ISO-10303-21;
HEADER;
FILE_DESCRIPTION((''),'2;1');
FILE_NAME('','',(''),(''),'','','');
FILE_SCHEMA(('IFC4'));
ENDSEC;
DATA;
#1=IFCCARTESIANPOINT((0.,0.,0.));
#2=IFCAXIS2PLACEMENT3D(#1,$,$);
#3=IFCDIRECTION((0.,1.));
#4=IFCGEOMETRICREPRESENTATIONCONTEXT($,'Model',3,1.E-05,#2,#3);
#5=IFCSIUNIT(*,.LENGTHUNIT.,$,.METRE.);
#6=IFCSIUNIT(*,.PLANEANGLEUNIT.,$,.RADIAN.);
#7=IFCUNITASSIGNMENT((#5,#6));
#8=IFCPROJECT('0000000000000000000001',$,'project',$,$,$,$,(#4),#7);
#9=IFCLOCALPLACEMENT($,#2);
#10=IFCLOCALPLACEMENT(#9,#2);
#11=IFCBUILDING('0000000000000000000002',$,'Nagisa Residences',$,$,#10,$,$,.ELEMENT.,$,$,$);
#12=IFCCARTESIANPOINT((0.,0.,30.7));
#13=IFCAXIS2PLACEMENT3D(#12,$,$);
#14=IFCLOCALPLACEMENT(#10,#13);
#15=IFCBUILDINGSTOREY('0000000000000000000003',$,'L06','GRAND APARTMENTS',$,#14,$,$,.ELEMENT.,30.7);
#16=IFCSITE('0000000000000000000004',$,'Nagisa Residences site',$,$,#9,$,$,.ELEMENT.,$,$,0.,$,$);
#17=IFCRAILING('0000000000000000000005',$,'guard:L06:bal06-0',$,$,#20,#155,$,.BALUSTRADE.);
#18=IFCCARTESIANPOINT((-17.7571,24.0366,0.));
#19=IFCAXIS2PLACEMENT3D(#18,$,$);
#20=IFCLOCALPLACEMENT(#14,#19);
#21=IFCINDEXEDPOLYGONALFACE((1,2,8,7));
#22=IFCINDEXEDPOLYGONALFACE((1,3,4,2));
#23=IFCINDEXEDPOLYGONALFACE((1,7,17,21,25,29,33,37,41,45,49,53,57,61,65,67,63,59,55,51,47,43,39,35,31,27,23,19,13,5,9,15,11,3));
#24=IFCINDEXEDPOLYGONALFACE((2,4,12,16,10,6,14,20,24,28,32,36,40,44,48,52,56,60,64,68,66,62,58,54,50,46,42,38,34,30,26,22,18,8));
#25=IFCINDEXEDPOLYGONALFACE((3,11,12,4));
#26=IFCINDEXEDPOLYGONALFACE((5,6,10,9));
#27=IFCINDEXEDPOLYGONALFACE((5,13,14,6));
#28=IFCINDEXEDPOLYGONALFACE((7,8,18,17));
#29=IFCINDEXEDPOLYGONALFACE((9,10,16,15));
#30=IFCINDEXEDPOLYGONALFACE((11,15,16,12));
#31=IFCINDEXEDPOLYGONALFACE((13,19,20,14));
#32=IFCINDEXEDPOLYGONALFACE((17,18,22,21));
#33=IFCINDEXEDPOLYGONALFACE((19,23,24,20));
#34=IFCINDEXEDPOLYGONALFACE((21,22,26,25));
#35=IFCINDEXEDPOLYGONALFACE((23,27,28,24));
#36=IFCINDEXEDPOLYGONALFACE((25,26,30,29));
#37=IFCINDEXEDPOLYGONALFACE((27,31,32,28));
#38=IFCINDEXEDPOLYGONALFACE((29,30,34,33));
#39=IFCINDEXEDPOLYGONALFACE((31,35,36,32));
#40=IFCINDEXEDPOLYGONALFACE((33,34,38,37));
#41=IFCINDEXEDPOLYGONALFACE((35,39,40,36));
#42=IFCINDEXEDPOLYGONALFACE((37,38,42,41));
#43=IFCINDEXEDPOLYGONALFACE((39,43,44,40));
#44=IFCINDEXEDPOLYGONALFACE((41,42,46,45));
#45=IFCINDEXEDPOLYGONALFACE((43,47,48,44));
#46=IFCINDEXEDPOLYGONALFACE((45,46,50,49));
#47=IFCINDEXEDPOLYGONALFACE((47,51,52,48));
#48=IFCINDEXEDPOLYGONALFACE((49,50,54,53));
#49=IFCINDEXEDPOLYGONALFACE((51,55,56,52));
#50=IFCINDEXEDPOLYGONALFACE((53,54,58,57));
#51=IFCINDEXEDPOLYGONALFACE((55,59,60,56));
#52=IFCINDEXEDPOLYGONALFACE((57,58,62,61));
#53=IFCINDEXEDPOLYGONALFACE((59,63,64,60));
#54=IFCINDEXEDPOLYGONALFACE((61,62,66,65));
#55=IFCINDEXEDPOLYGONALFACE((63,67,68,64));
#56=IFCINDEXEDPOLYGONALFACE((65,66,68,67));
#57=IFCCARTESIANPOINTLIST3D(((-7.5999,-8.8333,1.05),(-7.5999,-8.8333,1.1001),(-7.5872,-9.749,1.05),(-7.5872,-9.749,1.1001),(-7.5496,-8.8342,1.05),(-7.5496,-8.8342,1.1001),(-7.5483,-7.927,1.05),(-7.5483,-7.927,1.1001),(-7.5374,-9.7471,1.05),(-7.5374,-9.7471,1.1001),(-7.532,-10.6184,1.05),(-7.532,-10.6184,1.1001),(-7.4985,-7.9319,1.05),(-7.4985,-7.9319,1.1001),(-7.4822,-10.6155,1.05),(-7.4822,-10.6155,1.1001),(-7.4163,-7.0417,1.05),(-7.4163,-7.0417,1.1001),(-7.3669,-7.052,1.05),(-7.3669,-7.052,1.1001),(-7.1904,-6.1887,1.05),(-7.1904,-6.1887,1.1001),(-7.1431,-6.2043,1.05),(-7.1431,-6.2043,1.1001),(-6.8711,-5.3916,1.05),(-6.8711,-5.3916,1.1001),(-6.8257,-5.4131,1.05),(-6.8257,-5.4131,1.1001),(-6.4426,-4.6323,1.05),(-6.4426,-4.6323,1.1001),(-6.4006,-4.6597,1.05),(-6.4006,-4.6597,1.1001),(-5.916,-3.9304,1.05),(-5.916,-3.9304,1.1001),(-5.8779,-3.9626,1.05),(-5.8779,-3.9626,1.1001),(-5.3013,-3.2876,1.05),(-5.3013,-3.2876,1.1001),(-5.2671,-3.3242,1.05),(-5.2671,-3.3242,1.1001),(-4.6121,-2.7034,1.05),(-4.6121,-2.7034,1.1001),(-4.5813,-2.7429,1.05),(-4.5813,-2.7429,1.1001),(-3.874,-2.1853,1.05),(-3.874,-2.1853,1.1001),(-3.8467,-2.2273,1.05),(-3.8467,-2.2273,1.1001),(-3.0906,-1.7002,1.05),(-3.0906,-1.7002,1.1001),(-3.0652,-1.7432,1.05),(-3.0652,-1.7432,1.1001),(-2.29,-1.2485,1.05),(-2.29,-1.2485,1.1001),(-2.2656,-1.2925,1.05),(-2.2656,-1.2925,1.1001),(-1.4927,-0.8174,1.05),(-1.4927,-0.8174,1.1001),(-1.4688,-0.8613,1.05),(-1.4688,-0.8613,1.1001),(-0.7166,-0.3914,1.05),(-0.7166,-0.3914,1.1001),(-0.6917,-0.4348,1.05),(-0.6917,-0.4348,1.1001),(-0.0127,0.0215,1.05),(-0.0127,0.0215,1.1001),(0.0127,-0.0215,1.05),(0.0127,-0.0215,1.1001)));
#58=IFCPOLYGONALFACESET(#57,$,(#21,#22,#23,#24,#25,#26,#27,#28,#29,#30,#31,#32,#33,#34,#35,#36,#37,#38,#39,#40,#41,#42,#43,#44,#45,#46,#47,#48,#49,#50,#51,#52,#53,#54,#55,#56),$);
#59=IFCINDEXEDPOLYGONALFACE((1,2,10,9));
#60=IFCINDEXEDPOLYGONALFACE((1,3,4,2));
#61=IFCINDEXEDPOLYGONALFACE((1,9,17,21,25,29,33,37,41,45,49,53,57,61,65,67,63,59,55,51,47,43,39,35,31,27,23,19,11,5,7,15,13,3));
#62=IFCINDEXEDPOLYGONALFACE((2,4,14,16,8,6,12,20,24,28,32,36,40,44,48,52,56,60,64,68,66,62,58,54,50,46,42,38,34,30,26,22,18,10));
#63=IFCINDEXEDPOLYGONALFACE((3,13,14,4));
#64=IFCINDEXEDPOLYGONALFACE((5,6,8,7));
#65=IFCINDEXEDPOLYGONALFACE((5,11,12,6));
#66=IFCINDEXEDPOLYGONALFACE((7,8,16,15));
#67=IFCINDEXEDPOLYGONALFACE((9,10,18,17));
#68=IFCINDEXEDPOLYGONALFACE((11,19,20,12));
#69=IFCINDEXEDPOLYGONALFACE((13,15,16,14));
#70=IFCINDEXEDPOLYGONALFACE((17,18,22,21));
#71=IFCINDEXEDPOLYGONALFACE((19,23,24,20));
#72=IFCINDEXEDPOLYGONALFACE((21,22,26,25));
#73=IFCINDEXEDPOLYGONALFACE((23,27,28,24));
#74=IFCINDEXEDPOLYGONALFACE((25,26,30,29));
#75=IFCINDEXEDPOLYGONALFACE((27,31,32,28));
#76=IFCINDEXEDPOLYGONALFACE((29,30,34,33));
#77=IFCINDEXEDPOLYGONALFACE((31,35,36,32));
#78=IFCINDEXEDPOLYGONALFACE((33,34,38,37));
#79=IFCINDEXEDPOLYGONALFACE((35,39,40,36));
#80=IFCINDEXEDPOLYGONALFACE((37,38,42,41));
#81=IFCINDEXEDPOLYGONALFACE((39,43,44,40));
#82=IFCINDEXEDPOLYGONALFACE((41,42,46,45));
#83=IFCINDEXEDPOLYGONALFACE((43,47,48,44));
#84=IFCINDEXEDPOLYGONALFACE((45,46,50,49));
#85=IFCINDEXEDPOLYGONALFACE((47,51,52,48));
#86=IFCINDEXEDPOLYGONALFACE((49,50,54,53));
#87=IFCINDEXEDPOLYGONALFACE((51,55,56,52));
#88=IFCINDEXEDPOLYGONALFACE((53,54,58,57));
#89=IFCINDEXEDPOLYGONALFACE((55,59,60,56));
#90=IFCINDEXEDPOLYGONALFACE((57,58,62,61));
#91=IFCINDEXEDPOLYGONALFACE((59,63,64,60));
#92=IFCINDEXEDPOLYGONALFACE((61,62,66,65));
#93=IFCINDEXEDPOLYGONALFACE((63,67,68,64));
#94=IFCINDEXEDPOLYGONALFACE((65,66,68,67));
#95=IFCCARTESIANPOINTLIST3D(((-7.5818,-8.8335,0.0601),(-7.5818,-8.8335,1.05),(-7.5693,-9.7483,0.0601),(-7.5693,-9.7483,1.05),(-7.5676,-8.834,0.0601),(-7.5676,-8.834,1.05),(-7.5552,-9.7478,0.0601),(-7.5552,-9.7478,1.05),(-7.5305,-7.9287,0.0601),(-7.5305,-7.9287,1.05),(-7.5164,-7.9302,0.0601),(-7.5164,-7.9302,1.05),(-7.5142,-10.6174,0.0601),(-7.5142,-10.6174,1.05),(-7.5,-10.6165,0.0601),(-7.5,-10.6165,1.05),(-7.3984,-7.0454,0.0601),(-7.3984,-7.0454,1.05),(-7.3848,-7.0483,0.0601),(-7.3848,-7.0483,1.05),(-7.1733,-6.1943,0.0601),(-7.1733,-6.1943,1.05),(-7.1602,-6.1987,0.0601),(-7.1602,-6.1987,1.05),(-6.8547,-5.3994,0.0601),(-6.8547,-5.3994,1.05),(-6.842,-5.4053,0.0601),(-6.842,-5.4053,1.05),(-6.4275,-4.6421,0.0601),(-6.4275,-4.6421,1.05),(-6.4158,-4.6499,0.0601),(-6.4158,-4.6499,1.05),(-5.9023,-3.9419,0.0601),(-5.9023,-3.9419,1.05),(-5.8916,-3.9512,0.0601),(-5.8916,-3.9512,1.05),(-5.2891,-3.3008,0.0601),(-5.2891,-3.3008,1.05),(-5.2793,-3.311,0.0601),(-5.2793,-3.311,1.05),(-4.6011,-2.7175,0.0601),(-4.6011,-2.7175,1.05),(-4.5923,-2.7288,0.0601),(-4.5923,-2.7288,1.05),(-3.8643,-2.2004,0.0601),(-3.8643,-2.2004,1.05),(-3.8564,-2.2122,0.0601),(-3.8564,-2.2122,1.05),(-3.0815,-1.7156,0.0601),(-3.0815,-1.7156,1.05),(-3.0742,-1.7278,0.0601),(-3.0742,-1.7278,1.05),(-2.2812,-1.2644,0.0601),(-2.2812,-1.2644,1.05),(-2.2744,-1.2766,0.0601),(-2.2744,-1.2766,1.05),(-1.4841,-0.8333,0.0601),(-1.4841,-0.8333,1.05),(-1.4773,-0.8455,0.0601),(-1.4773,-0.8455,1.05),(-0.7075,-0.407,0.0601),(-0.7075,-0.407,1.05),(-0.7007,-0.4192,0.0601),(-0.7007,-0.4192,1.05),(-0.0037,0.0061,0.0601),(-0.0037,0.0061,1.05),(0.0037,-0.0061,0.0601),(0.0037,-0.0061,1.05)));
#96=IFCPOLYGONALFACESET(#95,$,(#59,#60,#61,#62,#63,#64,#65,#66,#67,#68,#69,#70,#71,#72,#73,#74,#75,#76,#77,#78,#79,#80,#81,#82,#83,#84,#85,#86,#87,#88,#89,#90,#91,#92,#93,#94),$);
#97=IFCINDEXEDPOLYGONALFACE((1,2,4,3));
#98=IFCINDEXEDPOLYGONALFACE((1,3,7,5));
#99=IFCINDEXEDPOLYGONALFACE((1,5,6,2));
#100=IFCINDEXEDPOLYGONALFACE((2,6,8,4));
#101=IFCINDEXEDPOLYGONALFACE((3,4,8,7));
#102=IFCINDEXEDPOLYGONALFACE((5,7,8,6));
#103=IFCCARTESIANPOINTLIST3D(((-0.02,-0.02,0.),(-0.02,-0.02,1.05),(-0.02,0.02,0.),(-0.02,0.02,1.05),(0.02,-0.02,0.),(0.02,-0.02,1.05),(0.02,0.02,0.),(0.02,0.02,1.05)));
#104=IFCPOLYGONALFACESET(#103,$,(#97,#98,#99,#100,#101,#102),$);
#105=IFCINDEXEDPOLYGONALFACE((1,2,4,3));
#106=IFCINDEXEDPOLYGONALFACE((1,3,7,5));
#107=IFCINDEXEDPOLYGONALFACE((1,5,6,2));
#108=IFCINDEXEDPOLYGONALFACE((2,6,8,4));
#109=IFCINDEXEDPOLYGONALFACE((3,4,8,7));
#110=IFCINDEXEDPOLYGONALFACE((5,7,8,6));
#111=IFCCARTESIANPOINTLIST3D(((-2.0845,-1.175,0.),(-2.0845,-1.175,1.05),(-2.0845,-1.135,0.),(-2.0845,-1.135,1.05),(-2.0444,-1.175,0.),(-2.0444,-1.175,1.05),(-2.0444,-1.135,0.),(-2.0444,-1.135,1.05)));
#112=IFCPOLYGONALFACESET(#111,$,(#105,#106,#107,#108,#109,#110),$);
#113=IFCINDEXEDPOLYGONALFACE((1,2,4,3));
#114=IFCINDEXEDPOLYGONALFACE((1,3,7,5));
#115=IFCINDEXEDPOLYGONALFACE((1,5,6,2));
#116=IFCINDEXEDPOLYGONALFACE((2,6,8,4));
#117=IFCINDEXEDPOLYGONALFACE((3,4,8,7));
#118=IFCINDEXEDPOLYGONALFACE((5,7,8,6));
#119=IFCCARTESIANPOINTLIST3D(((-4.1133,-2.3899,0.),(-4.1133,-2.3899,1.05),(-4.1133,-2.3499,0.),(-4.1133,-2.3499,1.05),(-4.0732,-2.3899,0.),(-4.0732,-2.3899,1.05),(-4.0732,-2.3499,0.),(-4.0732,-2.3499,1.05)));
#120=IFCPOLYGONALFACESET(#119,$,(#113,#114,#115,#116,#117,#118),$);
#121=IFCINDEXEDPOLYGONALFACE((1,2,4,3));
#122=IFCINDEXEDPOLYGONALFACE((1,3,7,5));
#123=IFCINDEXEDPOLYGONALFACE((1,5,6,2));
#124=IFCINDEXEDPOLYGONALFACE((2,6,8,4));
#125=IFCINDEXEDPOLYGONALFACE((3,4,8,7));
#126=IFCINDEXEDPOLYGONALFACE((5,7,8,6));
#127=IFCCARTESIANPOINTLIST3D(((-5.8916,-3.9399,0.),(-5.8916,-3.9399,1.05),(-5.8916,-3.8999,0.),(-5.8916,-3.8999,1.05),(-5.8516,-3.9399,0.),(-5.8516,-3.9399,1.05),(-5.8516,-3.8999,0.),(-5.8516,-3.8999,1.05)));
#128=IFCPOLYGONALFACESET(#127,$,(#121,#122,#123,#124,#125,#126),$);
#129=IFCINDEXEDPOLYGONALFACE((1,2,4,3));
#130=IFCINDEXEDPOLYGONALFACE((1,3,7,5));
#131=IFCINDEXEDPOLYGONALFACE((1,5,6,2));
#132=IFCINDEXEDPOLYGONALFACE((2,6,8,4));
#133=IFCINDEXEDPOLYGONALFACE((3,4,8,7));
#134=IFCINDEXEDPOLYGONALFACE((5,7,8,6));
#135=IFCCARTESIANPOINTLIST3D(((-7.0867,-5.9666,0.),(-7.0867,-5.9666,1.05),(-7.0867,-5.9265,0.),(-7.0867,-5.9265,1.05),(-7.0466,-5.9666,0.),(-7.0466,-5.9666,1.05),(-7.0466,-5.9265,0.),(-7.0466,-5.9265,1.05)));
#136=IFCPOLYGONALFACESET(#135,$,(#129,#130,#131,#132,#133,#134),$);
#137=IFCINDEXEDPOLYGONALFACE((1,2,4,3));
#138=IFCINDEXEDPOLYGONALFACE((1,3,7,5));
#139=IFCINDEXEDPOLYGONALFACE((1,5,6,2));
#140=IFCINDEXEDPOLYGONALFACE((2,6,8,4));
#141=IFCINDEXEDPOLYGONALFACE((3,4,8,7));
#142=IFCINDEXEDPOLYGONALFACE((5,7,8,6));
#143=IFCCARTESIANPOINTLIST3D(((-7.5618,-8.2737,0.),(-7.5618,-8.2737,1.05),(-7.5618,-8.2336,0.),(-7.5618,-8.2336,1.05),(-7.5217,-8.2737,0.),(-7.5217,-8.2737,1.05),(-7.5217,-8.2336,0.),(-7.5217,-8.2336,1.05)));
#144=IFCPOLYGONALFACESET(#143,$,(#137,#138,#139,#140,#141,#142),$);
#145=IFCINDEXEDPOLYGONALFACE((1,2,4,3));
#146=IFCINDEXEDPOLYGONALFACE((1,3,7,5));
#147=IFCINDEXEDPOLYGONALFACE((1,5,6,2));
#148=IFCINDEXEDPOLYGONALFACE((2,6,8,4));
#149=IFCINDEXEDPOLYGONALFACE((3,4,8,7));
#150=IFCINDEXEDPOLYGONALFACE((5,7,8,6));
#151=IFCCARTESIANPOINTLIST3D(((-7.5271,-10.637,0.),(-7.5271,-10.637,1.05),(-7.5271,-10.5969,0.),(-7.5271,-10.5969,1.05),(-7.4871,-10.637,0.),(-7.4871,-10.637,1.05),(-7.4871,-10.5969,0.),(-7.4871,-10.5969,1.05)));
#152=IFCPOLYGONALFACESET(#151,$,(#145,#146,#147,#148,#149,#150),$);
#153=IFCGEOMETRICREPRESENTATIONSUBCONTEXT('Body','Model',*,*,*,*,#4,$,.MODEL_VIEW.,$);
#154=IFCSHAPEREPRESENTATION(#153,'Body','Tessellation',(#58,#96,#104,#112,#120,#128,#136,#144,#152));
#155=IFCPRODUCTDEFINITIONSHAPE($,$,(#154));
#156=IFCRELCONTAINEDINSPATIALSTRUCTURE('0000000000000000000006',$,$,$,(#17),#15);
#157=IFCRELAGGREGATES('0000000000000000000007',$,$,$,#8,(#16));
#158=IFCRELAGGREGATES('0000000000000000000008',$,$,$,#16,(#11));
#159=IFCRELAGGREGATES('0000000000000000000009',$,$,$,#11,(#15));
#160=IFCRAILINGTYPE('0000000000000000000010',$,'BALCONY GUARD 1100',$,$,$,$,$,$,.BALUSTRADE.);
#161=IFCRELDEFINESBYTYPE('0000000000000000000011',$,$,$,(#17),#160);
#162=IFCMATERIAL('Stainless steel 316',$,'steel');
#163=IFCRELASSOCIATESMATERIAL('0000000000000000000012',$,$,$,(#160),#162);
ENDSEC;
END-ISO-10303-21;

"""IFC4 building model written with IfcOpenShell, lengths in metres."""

from ifc_helpers import new_model, si_unit, direction, frame, origin, origin_2d, place, context, subcontext, project, spatial, polyline, rectangle, outline, extrude, material, type_object, element, save


model = new_model("IFC4")

# Units and contexts
model_context = context("Model", 3, precision=1e-05, world=origin(), true_north=direction((0.0, 1.0)))
body_context = subcontext(model_context, "Body", "Model", "MODEL_VIEW")
ifc_project = project(units=[si_unit("LENGTHUNIT", "METRE"), si_unit("PLANEANGLEUNIT", "RADIAN")], contexts=[model_context])

# Site, building, storey
site_placement = place(None, origin())
site = spatial("IfcSite", under=ifc_project, at=site_placement, Name="Nagisa Residences site", CompositionType="ELEMENT", RefElevation=0.0)
building_placement = place(site_placement, origin())
building = spatial("IfcBuilding", under=site, at=building_placement, Name="Nagisa Residences", CompositionType="ELEMENT")
storey_placement = place(building_placement, frame((0.0, 0.0, 30.7)))
storey = spatial("IfcBuildingStorey", under=building, at=storey_placement, Name="L06", Description="GRAND APARTMENTS", CompositionType="ELEMENT", Elevation=30.7)

# Railing
ifc_material_1 = material(Name="Stainless steel 316", Category="steel")
railing_type = type_object("IfcRailingType", Name="BALCONY GUARD 1100", PredefinedType="BALUSTRADE", material=ifc_material_1)
railing_1_placement = place(storey_placement, frame((-17.7571, 24.0366, 0.0)))
element("IfcRailing", 1, at=railing_1_placement, inside=storey, type_object=railing_type, Name="guard:L06:bal06-0", PredefinedType="BALUSTRADE", context=body_context, shape_type="SweptSolid", body=[
    extrude(outline(polyline([(-0.6917, -0.4348), (0.0127, -0.0215), (-0.0127, 0.0215), (-0.7166, -0.3914), (-1.4927, -0.8174), (-2.29, -1.2485), (-3.0906, -1.7002), (-3.874, -2.1853), (-4.6121, -2.7034), (-5.3013, -3.2876), (-5.916, -3.9304), (-6.4426, -4.6323), (-6.8711, -5.3916), (-7.1904, -6.1887), (-7.4163, -7.0417), (-7.5483, -7.927), (-7.5999, -8.8333), (-7.5872, -9.749), (-7.532, -10.6184), (-7.4822, -10.6155), (-7.5374, -9.7471), (-7.5496, -8.8342), (-7.4985, -7.9319), (-7.3669, -7.052), (-7.1431, -6.2043), (-6.8257, -5.4131), (-6.4006, -4.6597), (-5.8779, -3.9626), (-5.2671, -3.3242), (-4.5813, -2.7429), (-3.8467, -2.2273), (-3.0652, -1.7432), (-2.2656, -1.2925), (-1.4688, -0.8613), (-0.6917, -0.4348)])), frame((0.0, 0.0, 1.05)), (0.0, 0.0, 1.0), 0.05),
    extrude(outline(polyline([(-0.7007, -0.4192), (0.0037, -0.0061), (-0.0037, 0.0061), (-0.7075, -0.407), (-1.4841, -0.8333), (-2.2812, -1.2644), (-3.0815, -1.7156), (-3.8643, -2.2004), (-4.6011, -2.7175), (-5.2891, -3.3008), (-5.9023, -3.9419), (-6.4275, -4.6421), (-6.8547, -5.3994), (-7.1733, -6.1943), (-7.3984, -7.0454), (-7.5305, -7.9287), (-7.5818, -8.8335), (-7.5693, -9.7483), (-7.5142, -10.6174), (-7.5, -10.6165), (-7.5552, -9.7478), (-7.5676, -8.834), (-7.5164, -7.9302), (-7.3848, -7.0483), (-7.1602, -6.1987), (-6.842, -5.4053), (-6.4158, -4.6499), (-5.8916, -3.9512), (-5.2793, -3.311), (-4.5923, -2.7288), (-3.8564, -2.2122), (-3.0742, -1.7278), (-2.2744, -1.2766), (-1.4773, -0.8455), (-0.7007, -0.4192)])), frame((0.0, 0.0, 0.0601)), (0.0, 0.0, 1.0), 0.99),
    extrude(rectangle(XDim=0.04, YDim=0.04, at=origin_2d()), origin(), (0.0, 0.0, 1.0), 1.05),
    extrude(rectangle(XDim=0.04, YDim=0.04, at=origin_2d()), frame((-2.0645, -1.155, 0.0)), (0.0, 0.0, 1.0), 1.05),
    extrude(rectangle(XDim=0.04, YDim=0.04, at=origin_2d()), frame((-4.0933, -2.3699, 0.0)), (0.0, 0.0, 1.0), 1.05),
    extrude(rectangle(XDim=0.04, YDim=0.04, at=origin_2d()), frame((-5.8716, -3.9199, 0.0)), (0.0, 0.0, 1.0), 1.05),
    extrude(rectangle(XDim=0.04, YDim=0.04, at=origin_2d()), frame((-7.0667, -5.9465, 0.0)), (0.0, 0.0, 1.0), 1.05),
    extrude(rectangle(XDim=0.04, YDim=0.04, at=origin_2d()), frame((-7.5417, -8.2537, 0.0)), (0.0, 0.0, 1.0), 1.05),
    extrude(rectangle(XDim=0.04, YDim=0.04, at=origin_2d()), frame((-7.5071, -10.6169, 0.0)), (0.0, 0.0, 1.0), 1.05),
])

save(model, "model.ifc")
